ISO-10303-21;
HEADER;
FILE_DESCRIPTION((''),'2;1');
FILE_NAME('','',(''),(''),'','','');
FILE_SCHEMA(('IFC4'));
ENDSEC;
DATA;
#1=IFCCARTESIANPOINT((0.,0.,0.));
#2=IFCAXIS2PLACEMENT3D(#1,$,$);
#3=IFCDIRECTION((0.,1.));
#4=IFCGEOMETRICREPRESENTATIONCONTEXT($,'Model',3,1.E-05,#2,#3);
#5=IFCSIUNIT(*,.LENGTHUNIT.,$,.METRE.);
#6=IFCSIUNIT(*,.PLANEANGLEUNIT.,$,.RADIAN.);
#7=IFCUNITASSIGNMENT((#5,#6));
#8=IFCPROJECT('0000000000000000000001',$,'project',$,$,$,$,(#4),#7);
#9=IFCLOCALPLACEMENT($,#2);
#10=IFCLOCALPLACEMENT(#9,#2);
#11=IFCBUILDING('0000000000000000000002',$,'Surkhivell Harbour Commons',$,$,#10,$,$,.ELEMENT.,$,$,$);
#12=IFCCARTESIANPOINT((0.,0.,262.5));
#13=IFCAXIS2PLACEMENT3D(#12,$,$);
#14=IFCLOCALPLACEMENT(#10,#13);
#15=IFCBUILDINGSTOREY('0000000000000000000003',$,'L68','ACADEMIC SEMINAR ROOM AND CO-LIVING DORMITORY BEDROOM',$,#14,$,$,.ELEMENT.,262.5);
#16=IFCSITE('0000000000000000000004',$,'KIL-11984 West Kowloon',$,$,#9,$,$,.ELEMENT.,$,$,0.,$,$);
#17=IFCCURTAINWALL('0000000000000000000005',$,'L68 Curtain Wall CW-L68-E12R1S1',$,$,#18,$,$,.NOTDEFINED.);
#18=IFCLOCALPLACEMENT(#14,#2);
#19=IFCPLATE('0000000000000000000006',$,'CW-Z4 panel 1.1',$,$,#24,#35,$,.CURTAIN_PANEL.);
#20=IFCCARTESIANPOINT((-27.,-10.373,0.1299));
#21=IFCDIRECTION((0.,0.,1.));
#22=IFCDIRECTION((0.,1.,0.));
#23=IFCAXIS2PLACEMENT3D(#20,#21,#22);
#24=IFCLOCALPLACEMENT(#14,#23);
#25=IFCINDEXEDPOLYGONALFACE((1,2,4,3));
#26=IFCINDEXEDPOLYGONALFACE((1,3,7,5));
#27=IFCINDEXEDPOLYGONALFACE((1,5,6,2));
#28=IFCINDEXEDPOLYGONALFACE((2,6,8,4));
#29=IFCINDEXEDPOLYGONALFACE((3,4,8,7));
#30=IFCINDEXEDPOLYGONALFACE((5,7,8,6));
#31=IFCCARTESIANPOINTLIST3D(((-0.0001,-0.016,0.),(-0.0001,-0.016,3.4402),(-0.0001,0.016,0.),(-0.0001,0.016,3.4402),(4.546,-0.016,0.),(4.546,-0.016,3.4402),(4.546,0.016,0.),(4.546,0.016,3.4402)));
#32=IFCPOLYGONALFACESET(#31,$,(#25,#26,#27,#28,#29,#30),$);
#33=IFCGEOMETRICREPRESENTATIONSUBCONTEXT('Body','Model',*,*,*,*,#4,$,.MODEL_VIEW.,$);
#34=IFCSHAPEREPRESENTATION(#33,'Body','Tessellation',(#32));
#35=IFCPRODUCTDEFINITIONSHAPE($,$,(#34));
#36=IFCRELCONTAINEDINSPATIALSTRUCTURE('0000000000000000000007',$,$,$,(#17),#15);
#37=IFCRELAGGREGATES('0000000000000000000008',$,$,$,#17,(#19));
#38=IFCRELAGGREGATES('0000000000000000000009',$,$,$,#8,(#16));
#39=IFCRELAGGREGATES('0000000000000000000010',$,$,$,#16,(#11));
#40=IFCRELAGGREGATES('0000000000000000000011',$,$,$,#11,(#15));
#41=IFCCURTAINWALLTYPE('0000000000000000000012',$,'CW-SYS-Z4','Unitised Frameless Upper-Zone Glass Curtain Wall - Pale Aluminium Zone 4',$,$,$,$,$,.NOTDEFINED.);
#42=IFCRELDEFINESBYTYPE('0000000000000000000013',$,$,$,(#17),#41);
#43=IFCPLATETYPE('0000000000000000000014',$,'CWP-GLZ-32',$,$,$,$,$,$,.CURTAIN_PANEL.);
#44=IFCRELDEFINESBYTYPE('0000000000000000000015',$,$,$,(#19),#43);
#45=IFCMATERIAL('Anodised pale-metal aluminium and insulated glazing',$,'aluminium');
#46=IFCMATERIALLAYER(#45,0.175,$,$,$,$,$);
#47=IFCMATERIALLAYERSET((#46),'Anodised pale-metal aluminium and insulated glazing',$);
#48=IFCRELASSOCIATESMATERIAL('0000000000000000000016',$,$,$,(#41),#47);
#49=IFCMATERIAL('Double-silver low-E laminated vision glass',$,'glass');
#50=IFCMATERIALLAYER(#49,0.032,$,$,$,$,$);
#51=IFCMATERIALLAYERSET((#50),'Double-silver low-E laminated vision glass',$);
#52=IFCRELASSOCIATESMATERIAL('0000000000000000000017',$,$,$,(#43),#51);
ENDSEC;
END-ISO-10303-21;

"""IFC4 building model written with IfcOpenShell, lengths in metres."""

from ifc_helpers import new_model, si_unit, direction, frame, frame_2d, origin, place, context, subcontext, project, spatial, rectangle, extrude, material, layer, layer_set, type_object, element, aggregate, save


model = new_model("IFC4")

# Units and contexts
model_context = context("Model", 3, precision=1e-05, world=origin(), true_north=direction((0.0, 1.0)))
body_context = subcontext(model_context, "Body", "Model", "MODEL_VIEW")
ifc_project = project(units=[si_unit("LENGTHUNIT", "METRE"), si_unit("PLANEANGLEUNIT", "RADIAN")], contexts=[model_context])

# Site, building, storey
site_placement = place(None, origin())
site = spatial("IfcSite", under=ifc_project, at=site_placement, Name="KIL-11984 West Kowloon", CompositionType="ELEMENT", RefElevation=0.0)
building_placement = place(site_placement, origin())
building = spatial("IfcBuilding", under=site, at=building_placement, Name="Surkhivell Harbour Commons", CompositionType="ELEMENT")
storey_placement = place(building_placement, frame((0.0, 0.0, 262.5)))
storey = spatial("IfcBuildingStorey", under=building, at=storey_placement, Name="L68", Description="ACADEMIC SEMINAR ROOM AND CO-LIVING DORMITORY BEDROOM", CompositionType="ELEMENT", Elevation=262.5)

# Curtain wall
ifc_material_1 = material(Name="Anodised pale-metal aluminium and insulated glazing", Category="aluminium")
ifc_layer_1 = layer(ifc_material_1, 0.175)
ifc_layer_set_1 = layer_set([ifc_layer_1], Name="Anodised pale-metal aluminium and insulated glazing")
curtain_wall_type = type_object("IfcCurtainWallType", Name="CW-SYS-Z4", Description="Unitised Frameless Upper-Zone Glass Curtain Wall - Pale Aluminium Zone 4", PredefinedType="NOTDEFINED", material=ifc_layer_set_1)
curtain_wall_placement = place(storey_placement, origin())
curtain_wall = element("IfcCurtainWall", 1, at=curtain_wall_placement, inside=storey, type_object=curtain_wall_type, Name="L68 Curtain Wall CW-L68-E12R1S1", PredefinedType="NOTDEFINED")

# Plate
ifc_material_2 = material(Name="Double-silver low-E laminated vision glass", Category="glass")
ifc_layer_2 = layer(ifc_material_2, 0.032)
ifc_layer_set_2 = layer_set([ifc_layer_2], Name="Double-silver low-E laminated vision glass")
plate_type_1 = type_object("IfcPlateType", Name="CWP-GLZ-32", PredefinedType="CURTAIN_PANEL", material=ifc_layer_set_2)
plate_1_placement = place(storey_placement, frame((-27.0, -10.373, 0.1299), z_axis=(0.0, 0.0, 1.0), x_axis=(0.0, 1.0, 0.0)))
plate_1 = element("IfcPlate", 2, at=plate_1_placement, type_object=plate_type_1, Name="CW-Z4 panel 1.1", PredefinedType="CURTAIN_PANEL", context=body_context, shape_type="SweptSolid", body=[
    extrude(rectangle(XDim=4.5461, YDim=0.032, at=frame_2d((2.2729, 0.0))), origin(), (0.0, 0.0, 1.0), 3.4402),
])
aggregate(curtain_wall, [plate_1])

save(model, "model.ifc")
